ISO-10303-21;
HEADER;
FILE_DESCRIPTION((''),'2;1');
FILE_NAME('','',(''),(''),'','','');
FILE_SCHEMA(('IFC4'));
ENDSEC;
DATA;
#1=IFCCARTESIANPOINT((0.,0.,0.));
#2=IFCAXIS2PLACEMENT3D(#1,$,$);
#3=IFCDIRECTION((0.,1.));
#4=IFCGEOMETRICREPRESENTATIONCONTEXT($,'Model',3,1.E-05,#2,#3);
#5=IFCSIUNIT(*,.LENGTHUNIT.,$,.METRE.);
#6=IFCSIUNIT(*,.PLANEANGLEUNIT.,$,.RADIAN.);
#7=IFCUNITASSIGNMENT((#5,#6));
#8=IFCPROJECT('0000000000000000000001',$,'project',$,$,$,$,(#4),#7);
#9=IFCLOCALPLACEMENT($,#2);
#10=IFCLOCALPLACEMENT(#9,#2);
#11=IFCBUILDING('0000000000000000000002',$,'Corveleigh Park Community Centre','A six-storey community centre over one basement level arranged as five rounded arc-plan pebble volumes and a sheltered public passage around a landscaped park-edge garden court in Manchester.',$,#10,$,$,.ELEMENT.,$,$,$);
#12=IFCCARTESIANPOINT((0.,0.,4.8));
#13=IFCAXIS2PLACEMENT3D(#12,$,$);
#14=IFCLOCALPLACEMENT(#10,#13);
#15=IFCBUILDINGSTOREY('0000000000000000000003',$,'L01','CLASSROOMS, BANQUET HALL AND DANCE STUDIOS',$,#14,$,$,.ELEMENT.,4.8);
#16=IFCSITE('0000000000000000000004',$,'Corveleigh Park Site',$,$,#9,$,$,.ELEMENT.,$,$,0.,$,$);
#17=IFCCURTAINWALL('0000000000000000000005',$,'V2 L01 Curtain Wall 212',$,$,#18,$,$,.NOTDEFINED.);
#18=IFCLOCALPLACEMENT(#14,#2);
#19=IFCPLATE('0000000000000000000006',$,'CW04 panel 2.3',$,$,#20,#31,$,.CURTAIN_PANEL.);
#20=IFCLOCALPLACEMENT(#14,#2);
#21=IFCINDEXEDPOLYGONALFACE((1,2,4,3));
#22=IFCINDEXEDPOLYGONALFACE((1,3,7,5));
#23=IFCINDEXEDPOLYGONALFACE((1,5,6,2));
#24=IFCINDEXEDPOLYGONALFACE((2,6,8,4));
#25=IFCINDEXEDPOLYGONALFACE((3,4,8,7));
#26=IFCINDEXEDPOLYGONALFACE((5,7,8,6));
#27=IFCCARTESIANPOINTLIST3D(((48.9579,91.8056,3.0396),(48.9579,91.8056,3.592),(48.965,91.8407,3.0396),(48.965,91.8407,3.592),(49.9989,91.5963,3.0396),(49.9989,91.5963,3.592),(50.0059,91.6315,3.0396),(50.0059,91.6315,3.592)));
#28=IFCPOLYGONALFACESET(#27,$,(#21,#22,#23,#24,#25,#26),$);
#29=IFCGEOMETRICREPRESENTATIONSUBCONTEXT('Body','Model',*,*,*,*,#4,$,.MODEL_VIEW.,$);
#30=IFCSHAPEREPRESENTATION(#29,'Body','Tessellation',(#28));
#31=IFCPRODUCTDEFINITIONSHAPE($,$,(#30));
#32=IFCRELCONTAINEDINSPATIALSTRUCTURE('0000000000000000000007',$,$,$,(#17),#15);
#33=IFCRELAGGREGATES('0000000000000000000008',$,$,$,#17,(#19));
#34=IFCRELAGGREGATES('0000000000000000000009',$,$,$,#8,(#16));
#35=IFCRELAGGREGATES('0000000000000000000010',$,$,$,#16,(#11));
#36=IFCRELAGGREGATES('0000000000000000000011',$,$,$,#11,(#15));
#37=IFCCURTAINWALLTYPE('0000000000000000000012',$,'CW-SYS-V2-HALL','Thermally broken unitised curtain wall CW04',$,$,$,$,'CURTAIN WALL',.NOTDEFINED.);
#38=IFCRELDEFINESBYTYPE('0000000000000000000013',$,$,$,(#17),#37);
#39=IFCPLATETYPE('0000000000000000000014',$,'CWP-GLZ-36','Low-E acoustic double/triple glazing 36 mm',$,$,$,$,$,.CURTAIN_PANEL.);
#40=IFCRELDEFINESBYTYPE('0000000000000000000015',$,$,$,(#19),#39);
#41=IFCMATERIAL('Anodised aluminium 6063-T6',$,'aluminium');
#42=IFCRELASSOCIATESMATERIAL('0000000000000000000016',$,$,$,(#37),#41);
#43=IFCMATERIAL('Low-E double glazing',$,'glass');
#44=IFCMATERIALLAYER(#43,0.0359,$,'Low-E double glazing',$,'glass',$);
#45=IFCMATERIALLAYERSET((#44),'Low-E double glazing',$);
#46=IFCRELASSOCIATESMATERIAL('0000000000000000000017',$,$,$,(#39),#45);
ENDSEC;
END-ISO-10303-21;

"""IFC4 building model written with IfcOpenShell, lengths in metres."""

from ifc_helpers import new_model, si_unit, direction, frame, origin, origin_2d, place, context, subcontext, project, spatial, rectangle, extrude, material, layer, layer_set, type_object, element, aggregate, save


model = new_model("IFC4")

# Units and contexts
model_context = context("Model", 3, precision=1e-05, world=origin(), true_north=direction((0.0, 1.0)))
body_context = subcontext(model_context, "Body", "Model", "MODEL_VIEW")
ifc_project = project(units=[si_unit("LENGTHUNIT", "METRE"), si_unit("PLANEANGLEUNIT", "RADIAN")], contexts=[model_context])

# Site, building, storey
site_placement = place(None, origin())
site = spatial("IfcSite", under=ifc_project, at=site_placement, Name="Corveleigh Park Site", CompositionType="ELEMENT", RefElevation=0.0)
building_placement = place(site_placement, origin())
building = spatial("IfcBuilding", under=site, at=building_placement, Name="Corveleigh Park Community Centre", Description="A six-storey community centre over one basement level arranged as five rounded arc-plan pebble volumes and a sheltered public passage around a landscaped park-edge garden court in Manchester.", CompositionType="ELEMENT")
storey_placement = place(building_placement, frame((0.0, 0.0, 4.8)))
storey = spatial("IfcBuildingStorey", under=building, at=storey_placement, Name="L01", Description="CLASSROOMS, BANQUET HALL AND DANCE STUDIOS", CompositionType="ELEMENT", Elevation=4.8)

# Shared definitions
ifc_material_1 = material(Name="Anodised aluminium 6063-T6", Category="aluminium")
curtain_wall_type = type_object("IfcCurtainWallType", Name="CW-SYS-V2-HALL", Description="Thermally broken unitised curtain wall CW04", ElementType="CURTAIN WALL", PredefinedType="NOTDEFINED", material=ifc_material_1)

# Curtain wall
curtain_wall_1_placement = place(storey_placement, origin())
curtain_wall_1 = element("IfcCurtainWall", 1, at=curtain_wall_1_placement, inside=storey, type_object=curtain_wall_type, Name="V2 L01 Curtain Wall 212", PredefinedType="NOTDEFINED")

# Plate
ifc_material_2 = material(Name="Low-E double glazing", Category="glass")
ifc_layer_1 = layer(ifc_material_2, 0.0359, Name="Low-E double glazing", Category="glass")
ifc_layer_set_1 = layer_set([ifc_layer_1], Name="Low-E double glazing")
plate_type_1 = type_object("IfcPlateType", Name="CWP-GLZ-36", Description="Low-E acoustic double/triple glazing 36 mm", PredefinedType="CURTAIN_PANEL", material=ifc_layer_set_1)
plate_1_placement = place(storey_placement, frame((49.4819, 91.7185, 3.0396), z_axis=(0.0, 0.0, 1.0), x_axis=(0.980381, -0.197111, 0.0)))
plate_1 = element("IfcPlate", 2, at=plate_1_placement, type_object=plate_type_1, Name="CW04 panel 2.3", PredefinedType="CURTAIN_PANEL", context=body_context, shape_type="SweptSolid", body=[
    extrude(rectangle(XDim=1.0618, YDim=0.0359, at=origin_2d()), origin(), (0.0, 0.0, 1.0), 0.5525),
])
aggregate(curtain_wall_1, [plate_1])

save(model, "model.ifc")
